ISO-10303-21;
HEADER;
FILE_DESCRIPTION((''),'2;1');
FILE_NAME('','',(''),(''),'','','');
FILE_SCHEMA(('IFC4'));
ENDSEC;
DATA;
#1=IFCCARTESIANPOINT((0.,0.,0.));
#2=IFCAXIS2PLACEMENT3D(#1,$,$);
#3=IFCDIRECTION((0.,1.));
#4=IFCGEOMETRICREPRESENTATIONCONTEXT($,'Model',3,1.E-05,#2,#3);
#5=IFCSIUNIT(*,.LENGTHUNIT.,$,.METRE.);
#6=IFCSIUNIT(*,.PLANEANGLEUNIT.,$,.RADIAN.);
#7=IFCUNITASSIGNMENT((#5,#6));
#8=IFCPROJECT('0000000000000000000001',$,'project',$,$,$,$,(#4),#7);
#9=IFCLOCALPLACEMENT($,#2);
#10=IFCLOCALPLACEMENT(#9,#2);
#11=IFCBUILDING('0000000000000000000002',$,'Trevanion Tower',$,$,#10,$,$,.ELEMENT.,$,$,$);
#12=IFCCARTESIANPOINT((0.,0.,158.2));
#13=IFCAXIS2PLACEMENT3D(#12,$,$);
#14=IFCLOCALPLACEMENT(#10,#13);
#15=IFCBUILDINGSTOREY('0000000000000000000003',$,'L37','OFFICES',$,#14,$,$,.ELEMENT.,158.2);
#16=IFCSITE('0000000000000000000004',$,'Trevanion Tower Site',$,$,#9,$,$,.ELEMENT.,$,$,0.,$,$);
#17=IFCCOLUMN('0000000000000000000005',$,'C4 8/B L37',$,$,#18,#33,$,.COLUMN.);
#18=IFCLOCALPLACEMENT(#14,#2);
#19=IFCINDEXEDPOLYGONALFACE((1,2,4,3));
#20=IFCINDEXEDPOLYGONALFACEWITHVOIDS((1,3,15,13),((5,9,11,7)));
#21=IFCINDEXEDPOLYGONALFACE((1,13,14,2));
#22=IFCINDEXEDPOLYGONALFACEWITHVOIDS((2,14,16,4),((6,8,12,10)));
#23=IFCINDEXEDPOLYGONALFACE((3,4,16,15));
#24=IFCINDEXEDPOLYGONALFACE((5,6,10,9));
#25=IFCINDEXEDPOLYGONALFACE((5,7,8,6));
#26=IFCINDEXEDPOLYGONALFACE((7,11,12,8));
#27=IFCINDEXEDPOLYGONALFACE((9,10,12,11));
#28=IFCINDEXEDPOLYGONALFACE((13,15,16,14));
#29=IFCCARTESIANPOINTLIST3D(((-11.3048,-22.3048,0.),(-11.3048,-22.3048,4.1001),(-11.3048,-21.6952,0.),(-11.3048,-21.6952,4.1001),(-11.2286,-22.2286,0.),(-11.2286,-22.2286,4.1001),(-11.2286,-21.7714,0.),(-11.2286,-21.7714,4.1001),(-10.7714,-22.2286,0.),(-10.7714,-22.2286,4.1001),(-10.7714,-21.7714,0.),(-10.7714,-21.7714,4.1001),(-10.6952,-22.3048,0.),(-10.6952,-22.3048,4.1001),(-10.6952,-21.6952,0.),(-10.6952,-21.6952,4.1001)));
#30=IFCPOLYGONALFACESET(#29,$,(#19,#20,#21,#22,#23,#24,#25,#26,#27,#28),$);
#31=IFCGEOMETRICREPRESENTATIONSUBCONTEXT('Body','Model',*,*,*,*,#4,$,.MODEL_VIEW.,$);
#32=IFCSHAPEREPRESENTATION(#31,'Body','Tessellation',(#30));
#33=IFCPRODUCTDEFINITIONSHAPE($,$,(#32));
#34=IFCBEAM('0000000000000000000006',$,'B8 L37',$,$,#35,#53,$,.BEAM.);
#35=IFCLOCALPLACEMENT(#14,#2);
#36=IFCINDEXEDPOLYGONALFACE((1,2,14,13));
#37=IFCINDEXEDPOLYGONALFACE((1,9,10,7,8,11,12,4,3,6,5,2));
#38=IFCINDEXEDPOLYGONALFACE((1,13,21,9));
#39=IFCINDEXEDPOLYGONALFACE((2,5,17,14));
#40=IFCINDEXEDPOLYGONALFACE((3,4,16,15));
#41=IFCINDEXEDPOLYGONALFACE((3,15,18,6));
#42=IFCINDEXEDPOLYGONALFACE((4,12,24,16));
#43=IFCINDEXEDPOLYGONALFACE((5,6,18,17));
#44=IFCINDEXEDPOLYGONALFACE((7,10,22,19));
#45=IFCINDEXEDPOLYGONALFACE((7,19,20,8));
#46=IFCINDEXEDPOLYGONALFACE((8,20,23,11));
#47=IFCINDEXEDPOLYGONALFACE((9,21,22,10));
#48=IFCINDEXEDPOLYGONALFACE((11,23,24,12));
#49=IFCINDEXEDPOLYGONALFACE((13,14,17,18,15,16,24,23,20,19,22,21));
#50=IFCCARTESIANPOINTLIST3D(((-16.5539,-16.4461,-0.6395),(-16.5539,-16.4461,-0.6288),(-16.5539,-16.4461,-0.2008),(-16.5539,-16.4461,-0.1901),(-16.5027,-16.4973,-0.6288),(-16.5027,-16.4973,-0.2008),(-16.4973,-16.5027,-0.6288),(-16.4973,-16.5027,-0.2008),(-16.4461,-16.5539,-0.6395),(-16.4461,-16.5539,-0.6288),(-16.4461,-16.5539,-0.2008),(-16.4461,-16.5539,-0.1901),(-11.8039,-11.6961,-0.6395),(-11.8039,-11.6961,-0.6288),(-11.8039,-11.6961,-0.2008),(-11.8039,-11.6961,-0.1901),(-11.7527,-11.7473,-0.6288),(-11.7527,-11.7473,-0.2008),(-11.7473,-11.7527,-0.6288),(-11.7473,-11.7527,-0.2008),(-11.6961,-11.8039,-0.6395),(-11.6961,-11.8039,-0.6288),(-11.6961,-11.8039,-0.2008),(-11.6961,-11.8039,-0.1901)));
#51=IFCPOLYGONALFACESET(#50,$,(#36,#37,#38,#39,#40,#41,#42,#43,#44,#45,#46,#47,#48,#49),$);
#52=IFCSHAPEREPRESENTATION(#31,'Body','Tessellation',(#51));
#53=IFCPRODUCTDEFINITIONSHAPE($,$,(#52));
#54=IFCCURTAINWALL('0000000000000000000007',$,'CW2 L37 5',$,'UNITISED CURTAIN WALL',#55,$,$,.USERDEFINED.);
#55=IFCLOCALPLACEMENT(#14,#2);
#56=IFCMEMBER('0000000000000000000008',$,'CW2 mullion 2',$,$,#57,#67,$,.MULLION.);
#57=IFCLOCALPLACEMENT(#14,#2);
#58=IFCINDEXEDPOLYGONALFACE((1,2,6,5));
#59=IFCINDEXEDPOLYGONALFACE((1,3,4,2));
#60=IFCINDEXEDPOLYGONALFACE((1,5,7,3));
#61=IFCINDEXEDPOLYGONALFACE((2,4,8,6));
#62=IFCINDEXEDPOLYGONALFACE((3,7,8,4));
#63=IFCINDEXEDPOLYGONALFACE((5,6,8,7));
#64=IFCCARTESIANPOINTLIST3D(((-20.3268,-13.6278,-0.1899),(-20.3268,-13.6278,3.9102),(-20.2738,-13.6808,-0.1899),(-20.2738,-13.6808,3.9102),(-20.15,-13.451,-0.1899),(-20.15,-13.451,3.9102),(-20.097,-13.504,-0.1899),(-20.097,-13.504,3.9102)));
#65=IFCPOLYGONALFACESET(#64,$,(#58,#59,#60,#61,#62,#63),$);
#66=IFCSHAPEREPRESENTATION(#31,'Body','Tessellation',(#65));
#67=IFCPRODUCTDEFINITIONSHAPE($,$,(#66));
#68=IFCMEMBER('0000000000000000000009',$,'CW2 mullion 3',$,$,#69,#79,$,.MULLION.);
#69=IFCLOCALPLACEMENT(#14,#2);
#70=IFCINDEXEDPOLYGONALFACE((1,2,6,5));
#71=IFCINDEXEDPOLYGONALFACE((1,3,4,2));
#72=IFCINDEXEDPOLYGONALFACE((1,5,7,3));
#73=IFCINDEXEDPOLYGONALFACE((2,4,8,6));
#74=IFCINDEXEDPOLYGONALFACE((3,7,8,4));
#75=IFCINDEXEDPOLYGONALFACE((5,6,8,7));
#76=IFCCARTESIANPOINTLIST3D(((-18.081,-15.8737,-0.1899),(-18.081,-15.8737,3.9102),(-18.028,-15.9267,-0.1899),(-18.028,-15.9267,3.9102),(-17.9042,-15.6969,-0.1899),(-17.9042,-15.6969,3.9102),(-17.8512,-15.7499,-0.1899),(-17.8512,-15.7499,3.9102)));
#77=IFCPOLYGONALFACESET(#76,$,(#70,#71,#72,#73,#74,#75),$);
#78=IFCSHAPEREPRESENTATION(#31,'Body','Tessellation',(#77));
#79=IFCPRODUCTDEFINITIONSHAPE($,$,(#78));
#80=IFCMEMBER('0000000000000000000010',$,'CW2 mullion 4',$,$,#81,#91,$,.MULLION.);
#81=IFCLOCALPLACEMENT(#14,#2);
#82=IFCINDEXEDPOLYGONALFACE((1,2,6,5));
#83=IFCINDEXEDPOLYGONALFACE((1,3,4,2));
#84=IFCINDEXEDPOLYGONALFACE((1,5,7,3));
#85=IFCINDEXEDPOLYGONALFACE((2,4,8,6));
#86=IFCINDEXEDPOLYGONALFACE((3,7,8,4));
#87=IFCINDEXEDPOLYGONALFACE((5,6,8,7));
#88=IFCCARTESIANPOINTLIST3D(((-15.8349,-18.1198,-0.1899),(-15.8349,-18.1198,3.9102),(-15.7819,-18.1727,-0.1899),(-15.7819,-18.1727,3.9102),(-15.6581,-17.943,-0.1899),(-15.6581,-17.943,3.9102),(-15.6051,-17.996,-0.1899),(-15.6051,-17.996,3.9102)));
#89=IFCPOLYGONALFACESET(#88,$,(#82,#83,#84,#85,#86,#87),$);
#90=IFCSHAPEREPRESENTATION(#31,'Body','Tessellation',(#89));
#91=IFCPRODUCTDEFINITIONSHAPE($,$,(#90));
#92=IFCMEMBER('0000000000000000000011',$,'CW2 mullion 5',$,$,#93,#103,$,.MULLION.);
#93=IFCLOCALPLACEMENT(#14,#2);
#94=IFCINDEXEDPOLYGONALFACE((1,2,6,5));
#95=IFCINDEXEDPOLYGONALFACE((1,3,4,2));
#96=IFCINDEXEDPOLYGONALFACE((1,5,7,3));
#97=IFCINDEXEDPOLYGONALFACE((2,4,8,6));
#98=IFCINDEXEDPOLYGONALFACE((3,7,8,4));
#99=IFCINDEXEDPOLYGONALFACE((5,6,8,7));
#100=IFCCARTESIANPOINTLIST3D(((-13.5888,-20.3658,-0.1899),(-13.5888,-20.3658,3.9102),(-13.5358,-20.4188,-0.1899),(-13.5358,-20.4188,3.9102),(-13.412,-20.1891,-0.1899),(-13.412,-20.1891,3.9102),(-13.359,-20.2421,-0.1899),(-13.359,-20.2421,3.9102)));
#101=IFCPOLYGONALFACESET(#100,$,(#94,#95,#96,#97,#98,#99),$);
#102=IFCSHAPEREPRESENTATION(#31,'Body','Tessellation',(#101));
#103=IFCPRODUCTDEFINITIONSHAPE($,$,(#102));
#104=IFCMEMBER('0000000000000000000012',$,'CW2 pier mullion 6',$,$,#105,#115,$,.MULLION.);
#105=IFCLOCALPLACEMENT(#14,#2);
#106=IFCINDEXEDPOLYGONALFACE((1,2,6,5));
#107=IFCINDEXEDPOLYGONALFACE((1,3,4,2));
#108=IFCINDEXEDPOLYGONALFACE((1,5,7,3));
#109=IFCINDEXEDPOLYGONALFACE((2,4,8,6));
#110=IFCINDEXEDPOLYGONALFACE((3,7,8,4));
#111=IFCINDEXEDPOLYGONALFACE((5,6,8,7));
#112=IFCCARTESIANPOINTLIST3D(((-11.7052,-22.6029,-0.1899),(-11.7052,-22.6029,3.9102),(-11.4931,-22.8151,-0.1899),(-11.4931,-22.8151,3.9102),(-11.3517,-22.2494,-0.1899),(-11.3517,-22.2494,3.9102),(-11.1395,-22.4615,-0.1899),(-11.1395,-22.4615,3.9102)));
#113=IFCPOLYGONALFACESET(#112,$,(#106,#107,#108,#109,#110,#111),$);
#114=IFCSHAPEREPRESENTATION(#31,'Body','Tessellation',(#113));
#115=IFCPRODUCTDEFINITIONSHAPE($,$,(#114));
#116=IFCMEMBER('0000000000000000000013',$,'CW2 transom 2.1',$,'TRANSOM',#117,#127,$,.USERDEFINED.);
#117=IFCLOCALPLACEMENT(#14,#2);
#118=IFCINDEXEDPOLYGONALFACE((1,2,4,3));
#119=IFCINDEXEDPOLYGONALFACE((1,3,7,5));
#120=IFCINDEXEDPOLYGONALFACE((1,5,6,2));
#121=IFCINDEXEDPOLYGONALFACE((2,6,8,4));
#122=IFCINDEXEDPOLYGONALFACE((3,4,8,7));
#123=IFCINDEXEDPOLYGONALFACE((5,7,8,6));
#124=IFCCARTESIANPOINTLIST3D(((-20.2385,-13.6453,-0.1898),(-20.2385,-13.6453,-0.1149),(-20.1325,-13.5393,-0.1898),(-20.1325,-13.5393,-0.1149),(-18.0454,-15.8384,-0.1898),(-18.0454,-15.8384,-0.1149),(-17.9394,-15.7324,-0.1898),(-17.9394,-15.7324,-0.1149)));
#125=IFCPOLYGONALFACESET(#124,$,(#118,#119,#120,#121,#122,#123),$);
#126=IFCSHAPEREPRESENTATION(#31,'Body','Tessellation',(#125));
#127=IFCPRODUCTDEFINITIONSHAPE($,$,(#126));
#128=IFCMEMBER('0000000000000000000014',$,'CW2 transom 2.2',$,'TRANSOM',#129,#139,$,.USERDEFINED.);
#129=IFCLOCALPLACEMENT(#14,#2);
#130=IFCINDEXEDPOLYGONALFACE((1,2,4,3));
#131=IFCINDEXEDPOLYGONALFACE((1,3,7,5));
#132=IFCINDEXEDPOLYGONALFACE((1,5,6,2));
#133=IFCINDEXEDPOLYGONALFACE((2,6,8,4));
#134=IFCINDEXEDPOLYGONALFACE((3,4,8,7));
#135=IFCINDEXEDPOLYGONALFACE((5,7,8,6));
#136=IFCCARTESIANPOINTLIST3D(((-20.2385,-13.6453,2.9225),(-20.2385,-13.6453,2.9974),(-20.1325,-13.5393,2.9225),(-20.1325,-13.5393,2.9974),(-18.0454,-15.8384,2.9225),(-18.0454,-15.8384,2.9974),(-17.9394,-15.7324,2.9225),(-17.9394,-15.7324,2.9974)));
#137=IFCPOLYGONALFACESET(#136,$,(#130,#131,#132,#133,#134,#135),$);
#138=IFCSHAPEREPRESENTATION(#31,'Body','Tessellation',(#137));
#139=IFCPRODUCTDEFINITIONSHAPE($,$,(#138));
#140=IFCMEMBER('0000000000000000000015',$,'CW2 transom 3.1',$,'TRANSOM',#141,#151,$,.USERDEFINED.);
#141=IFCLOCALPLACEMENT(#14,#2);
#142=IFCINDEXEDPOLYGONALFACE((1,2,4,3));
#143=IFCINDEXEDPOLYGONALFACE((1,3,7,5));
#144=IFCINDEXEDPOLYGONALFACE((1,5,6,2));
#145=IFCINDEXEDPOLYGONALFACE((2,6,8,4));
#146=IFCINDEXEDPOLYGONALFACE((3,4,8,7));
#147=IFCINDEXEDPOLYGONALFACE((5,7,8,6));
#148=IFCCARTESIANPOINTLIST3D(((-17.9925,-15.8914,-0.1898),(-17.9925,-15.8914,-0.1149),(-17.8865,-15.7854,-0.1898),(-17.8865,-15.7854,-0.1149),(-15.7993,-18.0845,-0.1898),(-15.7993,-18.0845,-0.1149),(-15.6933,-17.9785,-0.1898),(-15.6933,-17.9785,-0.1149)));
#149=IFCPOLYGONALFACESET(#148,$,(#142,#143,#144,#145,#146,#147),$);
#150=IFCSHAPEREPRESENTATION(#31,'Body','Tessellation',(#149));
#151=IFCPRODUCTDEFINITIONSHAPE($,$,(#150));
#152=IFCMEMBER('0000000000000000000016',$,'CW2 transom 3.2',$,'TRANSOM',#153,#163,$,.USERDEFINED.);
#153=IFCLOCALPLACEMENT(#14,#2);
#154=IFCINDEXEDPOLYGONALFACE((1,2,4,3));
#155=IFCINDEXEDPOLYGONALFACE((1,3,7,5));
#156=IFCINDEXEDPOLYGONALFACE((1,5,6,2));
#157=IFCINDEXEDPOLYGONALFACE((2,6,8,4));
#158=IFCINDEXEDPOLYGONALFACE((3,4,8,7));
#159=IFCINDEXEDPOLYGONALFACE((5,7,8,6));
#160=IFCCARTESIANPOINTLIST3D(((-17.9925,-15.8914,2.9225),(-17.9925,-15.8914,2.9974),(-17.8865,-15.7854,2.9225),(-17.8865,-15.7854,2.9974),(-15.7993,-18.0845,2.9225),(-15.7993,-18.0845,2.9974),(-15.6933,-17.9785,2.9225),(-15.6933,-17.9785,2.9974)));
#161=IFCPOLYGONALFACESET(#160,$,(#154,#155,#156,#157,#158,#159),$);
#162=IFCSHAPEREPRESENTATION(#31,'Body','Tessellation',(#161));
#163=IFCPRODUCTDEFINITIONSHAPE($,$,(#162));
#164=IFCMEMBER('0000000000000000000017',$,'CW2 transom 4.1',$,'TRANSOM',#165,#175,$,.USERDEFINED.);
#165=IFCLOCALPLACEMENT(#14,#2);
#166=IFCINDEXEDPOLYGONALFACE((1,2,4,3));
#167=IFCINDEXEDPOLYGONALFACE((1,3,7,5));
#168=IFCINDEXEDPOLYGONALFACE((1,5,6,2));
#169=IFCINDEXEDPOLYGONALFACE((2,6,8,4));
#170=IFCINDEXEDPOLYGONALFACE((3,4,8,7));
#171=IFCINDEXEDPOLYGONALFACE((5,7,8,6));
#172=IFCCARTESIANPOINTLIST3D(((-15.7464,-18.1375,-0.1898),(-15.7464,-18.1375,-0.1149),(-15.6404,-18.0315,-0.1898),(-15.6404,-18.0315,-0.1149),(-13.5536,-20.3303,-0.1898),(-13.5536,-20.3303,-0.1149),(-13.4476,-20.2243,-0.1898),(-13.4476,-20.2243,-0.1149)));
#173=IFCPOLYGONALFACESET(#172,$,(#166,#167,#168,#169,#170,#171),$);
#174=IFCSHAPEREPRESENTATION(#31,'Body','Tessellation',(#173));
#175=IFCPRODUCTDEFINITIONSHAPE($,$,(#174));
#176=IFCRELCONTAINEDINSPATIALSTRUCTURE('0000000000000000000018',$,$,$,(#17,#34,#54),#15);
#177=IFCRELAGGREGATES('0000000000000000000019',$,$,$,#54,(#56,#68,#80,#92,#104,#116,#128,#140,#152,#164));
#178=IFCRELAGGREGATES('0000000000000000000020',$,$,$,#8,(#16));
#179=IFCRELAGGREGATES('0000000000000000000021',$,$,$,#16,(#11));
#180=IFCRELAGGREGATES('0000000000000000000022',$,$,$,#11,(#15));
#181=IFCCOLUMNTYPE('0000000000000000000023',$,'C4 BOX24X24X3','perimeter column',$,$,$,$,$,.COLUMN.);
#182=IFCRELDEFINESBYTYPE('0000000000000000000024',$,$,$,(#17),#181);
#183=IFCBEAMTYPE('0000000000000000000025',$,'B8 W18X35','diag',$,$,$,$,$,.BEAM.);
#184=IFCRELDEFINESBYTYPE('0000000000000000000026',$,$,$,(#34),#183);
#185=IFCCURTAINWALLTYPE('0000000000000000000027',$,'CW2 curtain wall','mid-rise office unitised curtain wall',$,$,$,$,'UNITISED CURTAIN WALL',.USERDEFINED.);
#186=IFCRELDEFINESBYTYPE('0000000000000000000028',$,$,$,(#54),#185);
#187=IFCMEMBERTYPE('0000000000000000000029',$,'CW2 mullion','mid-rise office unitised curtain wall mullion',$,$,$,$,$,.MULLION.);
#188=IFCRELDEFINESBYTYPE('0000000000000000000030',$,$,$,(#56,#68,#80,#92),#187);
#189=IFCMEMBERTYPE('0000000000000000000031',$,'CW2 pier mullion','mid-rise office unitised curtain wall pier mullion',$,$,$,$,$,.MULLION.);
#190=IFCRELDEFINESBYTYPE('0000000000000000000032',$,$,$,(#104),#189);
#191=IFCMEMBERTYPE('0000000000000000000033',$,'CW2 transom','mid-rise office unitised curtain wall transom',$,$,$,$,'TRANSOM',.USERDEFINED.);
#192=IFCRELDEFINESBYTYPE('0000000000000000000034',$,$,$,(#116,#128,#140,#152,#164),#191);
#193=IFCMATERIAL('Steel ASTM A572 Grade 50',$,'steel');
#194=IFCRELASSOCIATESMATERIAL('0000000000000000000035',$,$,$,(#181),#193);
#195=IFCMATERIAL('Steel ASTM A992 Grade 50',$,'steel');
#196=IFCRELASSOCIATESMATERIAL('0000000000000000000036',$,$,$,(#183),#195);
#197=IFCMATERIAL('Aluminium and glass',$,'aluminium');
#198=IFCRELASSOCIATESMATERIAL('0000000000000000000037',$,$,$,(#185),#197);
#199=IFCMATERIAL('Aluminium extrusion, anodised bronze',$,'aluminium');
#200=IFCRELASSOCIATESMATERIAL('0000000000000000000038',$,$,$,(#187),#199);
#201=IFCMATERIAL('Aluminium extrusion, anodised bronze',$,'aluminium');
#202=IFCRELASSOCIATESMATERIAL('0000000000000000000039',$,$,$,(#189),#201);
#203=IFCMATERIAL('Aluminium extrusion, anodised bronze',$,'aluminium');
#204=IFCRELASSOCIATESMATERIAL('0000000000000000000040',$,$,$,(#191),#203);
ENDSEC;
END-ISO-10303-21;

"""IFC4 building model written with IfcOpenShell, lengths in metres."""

from ifc_helpers import new_model, si_unit, direction, frame, origin, origin_2d, place, context, subcontext, project, spatial, rectangle, hollow_rectangle, i_section, extrude, material, material_profile, profile_set, type_object, element, aggregate, save


model = new_model("IFC4")

# Units and contexts
model_context = context("Model", 3, precision=1e-05, world=origin(), true_north=direction((0.0, 1.0)))
body_context = subcontext(model_context, "Body", "Model", "MODEL_VIEW")
ifc_project = project(units=[si_unit("LENGTHUNIT", "METRE"), si_unit("PLANEANGLEUNIT", "RADIAN")], contexts=[model_context])

# Site, building, storey
site_placement = place(None, origin())
site = spatial("IfcSite", under=ifc_project, at=site_placement, Name="Trevanion Tower Site", CompositionType="ELEMENT", RefElevation=0.0)
building_placement = place(site_placement, origin())
building = spatial("IfcBuilding", under=site, at=building_placement, Name="Trevanion Tower", CompositionType="ELEMENT")
storey_placement = place(building_placement, frame((0.0, 0.0, 158.2)))
storey = spatial("IfcBuildingStorey", under=building, at=storey_placement, Name="L37", Description="OFFICES", CompositionType="ELEMENT", Elevation=158.2)

# Column
ifc_material_1 = material(Name="Steel ASTM A572 Grade 50", Category="steel")
ifc_material_profile_1 = material_profile(ifc_material_1, hollow_rectangle(XDim=0.6096, YDim=0.6096, WallThickness=0.0762, at=origin_2d()), Name="BOX24X24X3")
ifc_profile_set_1 = profile_set([ifc_material_profile_1], Name="Steel ASTM A572 Grade 50")
column_type = type_object("IfcColumnType", Name="C4 BOX24X24X3", Description="perimeter column", PredefinedType="COLUMN", material=ifc_profile_set_1)
column_placement = place(storey_placement, frame((-11.0, -22.0, 0.0), z_axis=(0.0, 0.0, 1.0), x_axis=(1.0, 0.0, 0.0)))
element("IfcColumn", 1, at=column_placement, inside=storey, type_object=column_type, Name="C4 8/B L37", PredefinedType="COLUMN", context=body_context, shape_type="SweptSolid", body=[
    extrude(hollow_rectangle(XDim=0.6096, YDim=0.6096, WallThickness=0.0762, at=origin_2d()), origin(), (0.0, 0.0, 1.0), 4.1001),
])

# Beam
ifc_material_2 = material(Name="Steel ASTM A992 Grade 50", Category="steel")
ifc_material_profile_2 = material_profile(ifc_material_2, i_section(OverallWidth=0.1523, OverallDepth=0.4495, WebThickness=0.0076, FlangeThickness=0.0107, at=origin_2d()), Name="W18X35")
ifc_profile_set_2 = profile_set([ifc_material_profile_2], Name="Steel ASTM A992 Grade 50")
beam_type_1 = type_object("IfcBeamType", Name="B8 W18X35", Description="diag", PredefinedType="BEAM", material=ifc_profile_set_2)
beam_1_placement = place(storey_placement, frame((-11.75, -11.75, -0.4148), z_axis=(-0.707107, -0.707107, 0.0), x_axis=(0.707107, -0.707107, 0.0)))
element("IfcBeam", 2, at=beam_1_placement, inside=storey, type_object=beam_type_1, Name="B8 L37", PredefinedType="BEAM", context=body_context, shape_type="SweptSolid", body=[
    extrude(i_section(OverallWidth=0.1523, OverallDepth=0.4495, WebThickness=0.0076, FlangeThickness=0.0107, at=origin_2d()), origin(), (0.0, 0.0, 1.0), 6.7175),
])

# Curtain wall, members
ifc_material_3 = material(Name="Aluminium and glass", Category="aluminium")
curtain_wall_type = type_object("IfcCurtainWallType", Name="CW2 curtain wall", Description="mid-rise office unitised curtain wall", ElementType="UNITISED CURTAIN WALL", PredefinedType="USERDEFINED", material=ifc_material_3)
curtain_wall_placement = place(storey_placement, origin())
curtain_wall = element("IfcCurtainWall", 3, at=curtain_wall_placement, inside=storey, type_object=curtain_wall_type, Name="CW2 L37 5", ObjectType="UNITISED CURTAIN WALL", PredefinedType="USERDEFINED")
ifc_material_4 = material(Name="Aluminium extrusion, anodised bronze", Category="aluminium")
ifc_material_profile_3 = material_profile(ifc_material_4, rectangle(XDim=0.075, YDim=0.25, at=origin_2d()), Name="CW2 mullion")
ifc_profile_set_3 = profile_set([ifc_material_profile_3], Name="Aluminium extrusion, anodised bronze")
member_type_1 = type_object("IfcMemberType", Name="CW2 mullion", Description="mid-rise office unitised curtain wall mullion", PredefinedType="MULLION", material=ifc_profile_set_3)
member_1_placement = place(storey_placement, frame((-20.2119, -13.5659, -0.1899), z_axis=(0.0, 0.0, 1.0), x_axis=(0.707107, -0.707107, 0.0)))
member_1 = element("IfcMember", 4, at=member_1_placement, type_object=member_type_1, Name="CW2 mullion 2", PredefinedType="MULLION", context=body_context, shape_type="SweptSolid", body=[
    extrude(rectangle(XDim=0.075, YDim=0.25, at=origin_2d()), origin(), (0.0, 0.0, 1.0), 4.1001),
])
member_2_placement = place(storey_placement, frame((-17.9661, -15.8118, -0.1899), z_axis=(0.0, 0.0, 1.0), x_axis=(0.707107, -0.707107, 0.0)))
member_2 = element("IfcMember", 5, at=member_2_placement, type_object=member_type_1, Name="CW2 mullion 3", PredefinedType="MULLION", context=body_context, shape_type="SweptSolid", body=[
    extrude(rectangle(XDim=0.075, YDim=0.25, at=origin_2d()), origin(), (0.0, 0.0, 1.0), 4.1001),
])
member_3_placement = place(storey_placement, frame((-15.72, -18.0579, -0.1899), z_axis=(0.0, 0.0, 1.0), x_axis=(0.707107, -0.707107, 0.0)))
member_3 = element("IfcMember", 6, at=member_3_placement, type_object=member_type_1, Name="CW2 mullion 4", PredefinedType="MULLION", context=body_context, shape_type="SweptSolid", body=[
    extrude(rectangle(XDim=0.075, YDim=0.25, at=origin_2d()), origin(), (0.0, 0.0, 1.0), 4.1001),
])
member_4_placement = place(storey_placement, frame((-13.4739, -20.304, -0.1899), z_axis=(0.0, 0.0, 1.0), x_axis=(0.707107, -0.707107, 0.0)))
member_4 = element("IfcMember", 7, at=member_4_placement, type_object=member_type_1, Name="CW2 mullion 5", PredefinedType="MULLION", context=body_context, shape_type="SweptSolid", body=[
    extrude(rectangle(XDim=0.075, YDim=0.25, at=origin_2d()), origin(), (0.0, 0.0, 1.0), 4.1001),
])
ifc_material_5 = material(Name="Aluminium extrusion, anodised bronze", Category="aluminium")
ifc_material_profile_4 = material_profile(ifc_material_5, rectangle(XDim=0.3, YDim=0.5, at=origin_2d()), Name="CW2 pier mullion")
ifc_profile_set_4 = profile_set([ifc_material_profile_4], Name="Aluminium extrusion, anodised bronze")
member_type_2 = type_object("IfcMemberType", Name="CW2 pier mullion", Description="mid-rise office unitised curtain wall pier mullion", PredefinedType="MULLION", material=ifc_profile_set_4)
member_5_placement = place(storey_placement, frame((-11.4224, -22.5322, -0.1899), z_axis=(0.0, 0.0, 1.0), x_axis=(0.707107, -0.707107, 0.0)))
member_5 = element("IfcMember", 8, at=member_5_placement, type_object=member_type_2, Name="CW2 pier mullion 6", PredefinedType="MULLION", context=body_context, shape_type="SweptSolid", body=[
    extrude(rectangle(XDim=0.3, YDim=0.5, at=origin_2d()), origin(), (0.0, 0.0, 1.0), 4.1001),
])
ifc_material_6 = material(Name="Aluminium extrusion, anodised bronze", Category="aluminium")
ifc_material_profile_5 = material_profile(ifc_material_6, rectangle(XDim=0.1499, YDim=0.075, at=origin_2d()), Name="CW2 transom")
ifc_profile_set_5 = profile_set([ifc_material_profile_5], Name="Aluminium extrusion, anodised bronze")
member_type_3 = type_object("IfcMemberType", Name="CW2 transom", Description="mid-rise office unitised curtain wall transom", ElementType="TRANSOM", PredefinedType="USERDEFINED", material=ifc_profile_set_5)
member_6_placement = place(storey_placement, frame((-20.1855, -13.5923, -0.1523), z_axis=(0.707107, -0.707107, 0.0), x_axis=(0.707107, 0.707107, 0.0)))
member_6 = element("IfcMember", 9, at=member_6_placement, type_object=member_type_3, Name="CW2 transom 2.1", ObjectType="TRANSOM", PredefinedType="USERDEFINED", context=body_context, shape_type="SweptSolid", body=[
    extrude(rectangle(XDim=0.1499, YDim=0.075, at=origin_2d()), origin(), (0.0, 0.0, 1.0), 3.1016),
])
member_7_placement = place(storey_placement, frame((-20.1855, -13.5923, 2.96), z_axis=(0.707107, -0.707107, 0.0), x_axis=(0.707107, 0.707107, 0.0)))
member_7 = element("IfcMember", 10, at=member_7_placement, type_object=member_type_3, Name="CW2 transom 2.2", ObjectType="TRANSOM", PredefinedType="USERDEFINED", context=body_context, shape_type="SweptSolid", body=[
    extrude(rectangle(XDim=0.1499, YDim=0.075, at=origin_2d()), origin(), (0.0, 0.0, 1.0), 3.1016),
])
member_8_placement = place(storey_placement, frame((-17.9395, -15.8384, -0.1523), z_axis=(0.707107, -0.707107, 0.0), x_axis=(0.707107, 0.707107, 0.0)))
member_8 = element("IfcMember", 11, at=member_8_placement, type_object=member_type_3, Name="CW2 transom 3.1", ObjectType="TRANSOM", PredefinedType="USERDEFINED", context=body_context, shape_type="SweptSolid", body=[
    extrude(rectangle(XDim=0.1499, YDim=0.075, at=origin_2d()), origin(), (0.0, 0.0, 1.0), 3.1016),
])
member_9_placement = place(storey_placement, frame((-17.9395, -15.8384, 2.96), z_axis=(0.707107, -0.707107, 0.0), x_axis=(0.707107, 0.707107, 0.0)))
member_9 = element("IfcMember", 12, at=member_9_placement, type_object=member_type_3, Name="CW2 transom 3.2", ObjectType="TRANSOM", PredefinedType="USERDEFINED", context=body_context, shape_type="SweptSolid", body=[
    extrude(rectangle(XDim=0.1499, YDim=0.075, at=origin_2d()), origin(), (0.0, 0.0, 1.0), 3.1016),
])
member_10_placement = place(storey_placement, frame((-15.6934, -18.0845, -0.1523), z_axis=(0.707107, -0.707107, 0.0), x_axis=(0.707107, 0.707107, 0.0)))
member_10 = element("IfcMember", 13, at=member_10_placement, type_object=member_type_3, Name="CW2 transom 4.1", ObjectType="TRANSOM", PredefinedType="USERDEFINED", context=body_context, shape_type="SweptSolid", body=[
    extrude(rectangle(XDim=0.1499, YDim=0.075, at=origin_2d()), origin(), (0.0, 0.0, 1.0), 3.1011),
])

aggregate(curtain_wall, [member_1, member_2, member_3, member_4, member_5, member_6, member_7, member_8, member_9, member_10])

save(model, "model.ifc")
